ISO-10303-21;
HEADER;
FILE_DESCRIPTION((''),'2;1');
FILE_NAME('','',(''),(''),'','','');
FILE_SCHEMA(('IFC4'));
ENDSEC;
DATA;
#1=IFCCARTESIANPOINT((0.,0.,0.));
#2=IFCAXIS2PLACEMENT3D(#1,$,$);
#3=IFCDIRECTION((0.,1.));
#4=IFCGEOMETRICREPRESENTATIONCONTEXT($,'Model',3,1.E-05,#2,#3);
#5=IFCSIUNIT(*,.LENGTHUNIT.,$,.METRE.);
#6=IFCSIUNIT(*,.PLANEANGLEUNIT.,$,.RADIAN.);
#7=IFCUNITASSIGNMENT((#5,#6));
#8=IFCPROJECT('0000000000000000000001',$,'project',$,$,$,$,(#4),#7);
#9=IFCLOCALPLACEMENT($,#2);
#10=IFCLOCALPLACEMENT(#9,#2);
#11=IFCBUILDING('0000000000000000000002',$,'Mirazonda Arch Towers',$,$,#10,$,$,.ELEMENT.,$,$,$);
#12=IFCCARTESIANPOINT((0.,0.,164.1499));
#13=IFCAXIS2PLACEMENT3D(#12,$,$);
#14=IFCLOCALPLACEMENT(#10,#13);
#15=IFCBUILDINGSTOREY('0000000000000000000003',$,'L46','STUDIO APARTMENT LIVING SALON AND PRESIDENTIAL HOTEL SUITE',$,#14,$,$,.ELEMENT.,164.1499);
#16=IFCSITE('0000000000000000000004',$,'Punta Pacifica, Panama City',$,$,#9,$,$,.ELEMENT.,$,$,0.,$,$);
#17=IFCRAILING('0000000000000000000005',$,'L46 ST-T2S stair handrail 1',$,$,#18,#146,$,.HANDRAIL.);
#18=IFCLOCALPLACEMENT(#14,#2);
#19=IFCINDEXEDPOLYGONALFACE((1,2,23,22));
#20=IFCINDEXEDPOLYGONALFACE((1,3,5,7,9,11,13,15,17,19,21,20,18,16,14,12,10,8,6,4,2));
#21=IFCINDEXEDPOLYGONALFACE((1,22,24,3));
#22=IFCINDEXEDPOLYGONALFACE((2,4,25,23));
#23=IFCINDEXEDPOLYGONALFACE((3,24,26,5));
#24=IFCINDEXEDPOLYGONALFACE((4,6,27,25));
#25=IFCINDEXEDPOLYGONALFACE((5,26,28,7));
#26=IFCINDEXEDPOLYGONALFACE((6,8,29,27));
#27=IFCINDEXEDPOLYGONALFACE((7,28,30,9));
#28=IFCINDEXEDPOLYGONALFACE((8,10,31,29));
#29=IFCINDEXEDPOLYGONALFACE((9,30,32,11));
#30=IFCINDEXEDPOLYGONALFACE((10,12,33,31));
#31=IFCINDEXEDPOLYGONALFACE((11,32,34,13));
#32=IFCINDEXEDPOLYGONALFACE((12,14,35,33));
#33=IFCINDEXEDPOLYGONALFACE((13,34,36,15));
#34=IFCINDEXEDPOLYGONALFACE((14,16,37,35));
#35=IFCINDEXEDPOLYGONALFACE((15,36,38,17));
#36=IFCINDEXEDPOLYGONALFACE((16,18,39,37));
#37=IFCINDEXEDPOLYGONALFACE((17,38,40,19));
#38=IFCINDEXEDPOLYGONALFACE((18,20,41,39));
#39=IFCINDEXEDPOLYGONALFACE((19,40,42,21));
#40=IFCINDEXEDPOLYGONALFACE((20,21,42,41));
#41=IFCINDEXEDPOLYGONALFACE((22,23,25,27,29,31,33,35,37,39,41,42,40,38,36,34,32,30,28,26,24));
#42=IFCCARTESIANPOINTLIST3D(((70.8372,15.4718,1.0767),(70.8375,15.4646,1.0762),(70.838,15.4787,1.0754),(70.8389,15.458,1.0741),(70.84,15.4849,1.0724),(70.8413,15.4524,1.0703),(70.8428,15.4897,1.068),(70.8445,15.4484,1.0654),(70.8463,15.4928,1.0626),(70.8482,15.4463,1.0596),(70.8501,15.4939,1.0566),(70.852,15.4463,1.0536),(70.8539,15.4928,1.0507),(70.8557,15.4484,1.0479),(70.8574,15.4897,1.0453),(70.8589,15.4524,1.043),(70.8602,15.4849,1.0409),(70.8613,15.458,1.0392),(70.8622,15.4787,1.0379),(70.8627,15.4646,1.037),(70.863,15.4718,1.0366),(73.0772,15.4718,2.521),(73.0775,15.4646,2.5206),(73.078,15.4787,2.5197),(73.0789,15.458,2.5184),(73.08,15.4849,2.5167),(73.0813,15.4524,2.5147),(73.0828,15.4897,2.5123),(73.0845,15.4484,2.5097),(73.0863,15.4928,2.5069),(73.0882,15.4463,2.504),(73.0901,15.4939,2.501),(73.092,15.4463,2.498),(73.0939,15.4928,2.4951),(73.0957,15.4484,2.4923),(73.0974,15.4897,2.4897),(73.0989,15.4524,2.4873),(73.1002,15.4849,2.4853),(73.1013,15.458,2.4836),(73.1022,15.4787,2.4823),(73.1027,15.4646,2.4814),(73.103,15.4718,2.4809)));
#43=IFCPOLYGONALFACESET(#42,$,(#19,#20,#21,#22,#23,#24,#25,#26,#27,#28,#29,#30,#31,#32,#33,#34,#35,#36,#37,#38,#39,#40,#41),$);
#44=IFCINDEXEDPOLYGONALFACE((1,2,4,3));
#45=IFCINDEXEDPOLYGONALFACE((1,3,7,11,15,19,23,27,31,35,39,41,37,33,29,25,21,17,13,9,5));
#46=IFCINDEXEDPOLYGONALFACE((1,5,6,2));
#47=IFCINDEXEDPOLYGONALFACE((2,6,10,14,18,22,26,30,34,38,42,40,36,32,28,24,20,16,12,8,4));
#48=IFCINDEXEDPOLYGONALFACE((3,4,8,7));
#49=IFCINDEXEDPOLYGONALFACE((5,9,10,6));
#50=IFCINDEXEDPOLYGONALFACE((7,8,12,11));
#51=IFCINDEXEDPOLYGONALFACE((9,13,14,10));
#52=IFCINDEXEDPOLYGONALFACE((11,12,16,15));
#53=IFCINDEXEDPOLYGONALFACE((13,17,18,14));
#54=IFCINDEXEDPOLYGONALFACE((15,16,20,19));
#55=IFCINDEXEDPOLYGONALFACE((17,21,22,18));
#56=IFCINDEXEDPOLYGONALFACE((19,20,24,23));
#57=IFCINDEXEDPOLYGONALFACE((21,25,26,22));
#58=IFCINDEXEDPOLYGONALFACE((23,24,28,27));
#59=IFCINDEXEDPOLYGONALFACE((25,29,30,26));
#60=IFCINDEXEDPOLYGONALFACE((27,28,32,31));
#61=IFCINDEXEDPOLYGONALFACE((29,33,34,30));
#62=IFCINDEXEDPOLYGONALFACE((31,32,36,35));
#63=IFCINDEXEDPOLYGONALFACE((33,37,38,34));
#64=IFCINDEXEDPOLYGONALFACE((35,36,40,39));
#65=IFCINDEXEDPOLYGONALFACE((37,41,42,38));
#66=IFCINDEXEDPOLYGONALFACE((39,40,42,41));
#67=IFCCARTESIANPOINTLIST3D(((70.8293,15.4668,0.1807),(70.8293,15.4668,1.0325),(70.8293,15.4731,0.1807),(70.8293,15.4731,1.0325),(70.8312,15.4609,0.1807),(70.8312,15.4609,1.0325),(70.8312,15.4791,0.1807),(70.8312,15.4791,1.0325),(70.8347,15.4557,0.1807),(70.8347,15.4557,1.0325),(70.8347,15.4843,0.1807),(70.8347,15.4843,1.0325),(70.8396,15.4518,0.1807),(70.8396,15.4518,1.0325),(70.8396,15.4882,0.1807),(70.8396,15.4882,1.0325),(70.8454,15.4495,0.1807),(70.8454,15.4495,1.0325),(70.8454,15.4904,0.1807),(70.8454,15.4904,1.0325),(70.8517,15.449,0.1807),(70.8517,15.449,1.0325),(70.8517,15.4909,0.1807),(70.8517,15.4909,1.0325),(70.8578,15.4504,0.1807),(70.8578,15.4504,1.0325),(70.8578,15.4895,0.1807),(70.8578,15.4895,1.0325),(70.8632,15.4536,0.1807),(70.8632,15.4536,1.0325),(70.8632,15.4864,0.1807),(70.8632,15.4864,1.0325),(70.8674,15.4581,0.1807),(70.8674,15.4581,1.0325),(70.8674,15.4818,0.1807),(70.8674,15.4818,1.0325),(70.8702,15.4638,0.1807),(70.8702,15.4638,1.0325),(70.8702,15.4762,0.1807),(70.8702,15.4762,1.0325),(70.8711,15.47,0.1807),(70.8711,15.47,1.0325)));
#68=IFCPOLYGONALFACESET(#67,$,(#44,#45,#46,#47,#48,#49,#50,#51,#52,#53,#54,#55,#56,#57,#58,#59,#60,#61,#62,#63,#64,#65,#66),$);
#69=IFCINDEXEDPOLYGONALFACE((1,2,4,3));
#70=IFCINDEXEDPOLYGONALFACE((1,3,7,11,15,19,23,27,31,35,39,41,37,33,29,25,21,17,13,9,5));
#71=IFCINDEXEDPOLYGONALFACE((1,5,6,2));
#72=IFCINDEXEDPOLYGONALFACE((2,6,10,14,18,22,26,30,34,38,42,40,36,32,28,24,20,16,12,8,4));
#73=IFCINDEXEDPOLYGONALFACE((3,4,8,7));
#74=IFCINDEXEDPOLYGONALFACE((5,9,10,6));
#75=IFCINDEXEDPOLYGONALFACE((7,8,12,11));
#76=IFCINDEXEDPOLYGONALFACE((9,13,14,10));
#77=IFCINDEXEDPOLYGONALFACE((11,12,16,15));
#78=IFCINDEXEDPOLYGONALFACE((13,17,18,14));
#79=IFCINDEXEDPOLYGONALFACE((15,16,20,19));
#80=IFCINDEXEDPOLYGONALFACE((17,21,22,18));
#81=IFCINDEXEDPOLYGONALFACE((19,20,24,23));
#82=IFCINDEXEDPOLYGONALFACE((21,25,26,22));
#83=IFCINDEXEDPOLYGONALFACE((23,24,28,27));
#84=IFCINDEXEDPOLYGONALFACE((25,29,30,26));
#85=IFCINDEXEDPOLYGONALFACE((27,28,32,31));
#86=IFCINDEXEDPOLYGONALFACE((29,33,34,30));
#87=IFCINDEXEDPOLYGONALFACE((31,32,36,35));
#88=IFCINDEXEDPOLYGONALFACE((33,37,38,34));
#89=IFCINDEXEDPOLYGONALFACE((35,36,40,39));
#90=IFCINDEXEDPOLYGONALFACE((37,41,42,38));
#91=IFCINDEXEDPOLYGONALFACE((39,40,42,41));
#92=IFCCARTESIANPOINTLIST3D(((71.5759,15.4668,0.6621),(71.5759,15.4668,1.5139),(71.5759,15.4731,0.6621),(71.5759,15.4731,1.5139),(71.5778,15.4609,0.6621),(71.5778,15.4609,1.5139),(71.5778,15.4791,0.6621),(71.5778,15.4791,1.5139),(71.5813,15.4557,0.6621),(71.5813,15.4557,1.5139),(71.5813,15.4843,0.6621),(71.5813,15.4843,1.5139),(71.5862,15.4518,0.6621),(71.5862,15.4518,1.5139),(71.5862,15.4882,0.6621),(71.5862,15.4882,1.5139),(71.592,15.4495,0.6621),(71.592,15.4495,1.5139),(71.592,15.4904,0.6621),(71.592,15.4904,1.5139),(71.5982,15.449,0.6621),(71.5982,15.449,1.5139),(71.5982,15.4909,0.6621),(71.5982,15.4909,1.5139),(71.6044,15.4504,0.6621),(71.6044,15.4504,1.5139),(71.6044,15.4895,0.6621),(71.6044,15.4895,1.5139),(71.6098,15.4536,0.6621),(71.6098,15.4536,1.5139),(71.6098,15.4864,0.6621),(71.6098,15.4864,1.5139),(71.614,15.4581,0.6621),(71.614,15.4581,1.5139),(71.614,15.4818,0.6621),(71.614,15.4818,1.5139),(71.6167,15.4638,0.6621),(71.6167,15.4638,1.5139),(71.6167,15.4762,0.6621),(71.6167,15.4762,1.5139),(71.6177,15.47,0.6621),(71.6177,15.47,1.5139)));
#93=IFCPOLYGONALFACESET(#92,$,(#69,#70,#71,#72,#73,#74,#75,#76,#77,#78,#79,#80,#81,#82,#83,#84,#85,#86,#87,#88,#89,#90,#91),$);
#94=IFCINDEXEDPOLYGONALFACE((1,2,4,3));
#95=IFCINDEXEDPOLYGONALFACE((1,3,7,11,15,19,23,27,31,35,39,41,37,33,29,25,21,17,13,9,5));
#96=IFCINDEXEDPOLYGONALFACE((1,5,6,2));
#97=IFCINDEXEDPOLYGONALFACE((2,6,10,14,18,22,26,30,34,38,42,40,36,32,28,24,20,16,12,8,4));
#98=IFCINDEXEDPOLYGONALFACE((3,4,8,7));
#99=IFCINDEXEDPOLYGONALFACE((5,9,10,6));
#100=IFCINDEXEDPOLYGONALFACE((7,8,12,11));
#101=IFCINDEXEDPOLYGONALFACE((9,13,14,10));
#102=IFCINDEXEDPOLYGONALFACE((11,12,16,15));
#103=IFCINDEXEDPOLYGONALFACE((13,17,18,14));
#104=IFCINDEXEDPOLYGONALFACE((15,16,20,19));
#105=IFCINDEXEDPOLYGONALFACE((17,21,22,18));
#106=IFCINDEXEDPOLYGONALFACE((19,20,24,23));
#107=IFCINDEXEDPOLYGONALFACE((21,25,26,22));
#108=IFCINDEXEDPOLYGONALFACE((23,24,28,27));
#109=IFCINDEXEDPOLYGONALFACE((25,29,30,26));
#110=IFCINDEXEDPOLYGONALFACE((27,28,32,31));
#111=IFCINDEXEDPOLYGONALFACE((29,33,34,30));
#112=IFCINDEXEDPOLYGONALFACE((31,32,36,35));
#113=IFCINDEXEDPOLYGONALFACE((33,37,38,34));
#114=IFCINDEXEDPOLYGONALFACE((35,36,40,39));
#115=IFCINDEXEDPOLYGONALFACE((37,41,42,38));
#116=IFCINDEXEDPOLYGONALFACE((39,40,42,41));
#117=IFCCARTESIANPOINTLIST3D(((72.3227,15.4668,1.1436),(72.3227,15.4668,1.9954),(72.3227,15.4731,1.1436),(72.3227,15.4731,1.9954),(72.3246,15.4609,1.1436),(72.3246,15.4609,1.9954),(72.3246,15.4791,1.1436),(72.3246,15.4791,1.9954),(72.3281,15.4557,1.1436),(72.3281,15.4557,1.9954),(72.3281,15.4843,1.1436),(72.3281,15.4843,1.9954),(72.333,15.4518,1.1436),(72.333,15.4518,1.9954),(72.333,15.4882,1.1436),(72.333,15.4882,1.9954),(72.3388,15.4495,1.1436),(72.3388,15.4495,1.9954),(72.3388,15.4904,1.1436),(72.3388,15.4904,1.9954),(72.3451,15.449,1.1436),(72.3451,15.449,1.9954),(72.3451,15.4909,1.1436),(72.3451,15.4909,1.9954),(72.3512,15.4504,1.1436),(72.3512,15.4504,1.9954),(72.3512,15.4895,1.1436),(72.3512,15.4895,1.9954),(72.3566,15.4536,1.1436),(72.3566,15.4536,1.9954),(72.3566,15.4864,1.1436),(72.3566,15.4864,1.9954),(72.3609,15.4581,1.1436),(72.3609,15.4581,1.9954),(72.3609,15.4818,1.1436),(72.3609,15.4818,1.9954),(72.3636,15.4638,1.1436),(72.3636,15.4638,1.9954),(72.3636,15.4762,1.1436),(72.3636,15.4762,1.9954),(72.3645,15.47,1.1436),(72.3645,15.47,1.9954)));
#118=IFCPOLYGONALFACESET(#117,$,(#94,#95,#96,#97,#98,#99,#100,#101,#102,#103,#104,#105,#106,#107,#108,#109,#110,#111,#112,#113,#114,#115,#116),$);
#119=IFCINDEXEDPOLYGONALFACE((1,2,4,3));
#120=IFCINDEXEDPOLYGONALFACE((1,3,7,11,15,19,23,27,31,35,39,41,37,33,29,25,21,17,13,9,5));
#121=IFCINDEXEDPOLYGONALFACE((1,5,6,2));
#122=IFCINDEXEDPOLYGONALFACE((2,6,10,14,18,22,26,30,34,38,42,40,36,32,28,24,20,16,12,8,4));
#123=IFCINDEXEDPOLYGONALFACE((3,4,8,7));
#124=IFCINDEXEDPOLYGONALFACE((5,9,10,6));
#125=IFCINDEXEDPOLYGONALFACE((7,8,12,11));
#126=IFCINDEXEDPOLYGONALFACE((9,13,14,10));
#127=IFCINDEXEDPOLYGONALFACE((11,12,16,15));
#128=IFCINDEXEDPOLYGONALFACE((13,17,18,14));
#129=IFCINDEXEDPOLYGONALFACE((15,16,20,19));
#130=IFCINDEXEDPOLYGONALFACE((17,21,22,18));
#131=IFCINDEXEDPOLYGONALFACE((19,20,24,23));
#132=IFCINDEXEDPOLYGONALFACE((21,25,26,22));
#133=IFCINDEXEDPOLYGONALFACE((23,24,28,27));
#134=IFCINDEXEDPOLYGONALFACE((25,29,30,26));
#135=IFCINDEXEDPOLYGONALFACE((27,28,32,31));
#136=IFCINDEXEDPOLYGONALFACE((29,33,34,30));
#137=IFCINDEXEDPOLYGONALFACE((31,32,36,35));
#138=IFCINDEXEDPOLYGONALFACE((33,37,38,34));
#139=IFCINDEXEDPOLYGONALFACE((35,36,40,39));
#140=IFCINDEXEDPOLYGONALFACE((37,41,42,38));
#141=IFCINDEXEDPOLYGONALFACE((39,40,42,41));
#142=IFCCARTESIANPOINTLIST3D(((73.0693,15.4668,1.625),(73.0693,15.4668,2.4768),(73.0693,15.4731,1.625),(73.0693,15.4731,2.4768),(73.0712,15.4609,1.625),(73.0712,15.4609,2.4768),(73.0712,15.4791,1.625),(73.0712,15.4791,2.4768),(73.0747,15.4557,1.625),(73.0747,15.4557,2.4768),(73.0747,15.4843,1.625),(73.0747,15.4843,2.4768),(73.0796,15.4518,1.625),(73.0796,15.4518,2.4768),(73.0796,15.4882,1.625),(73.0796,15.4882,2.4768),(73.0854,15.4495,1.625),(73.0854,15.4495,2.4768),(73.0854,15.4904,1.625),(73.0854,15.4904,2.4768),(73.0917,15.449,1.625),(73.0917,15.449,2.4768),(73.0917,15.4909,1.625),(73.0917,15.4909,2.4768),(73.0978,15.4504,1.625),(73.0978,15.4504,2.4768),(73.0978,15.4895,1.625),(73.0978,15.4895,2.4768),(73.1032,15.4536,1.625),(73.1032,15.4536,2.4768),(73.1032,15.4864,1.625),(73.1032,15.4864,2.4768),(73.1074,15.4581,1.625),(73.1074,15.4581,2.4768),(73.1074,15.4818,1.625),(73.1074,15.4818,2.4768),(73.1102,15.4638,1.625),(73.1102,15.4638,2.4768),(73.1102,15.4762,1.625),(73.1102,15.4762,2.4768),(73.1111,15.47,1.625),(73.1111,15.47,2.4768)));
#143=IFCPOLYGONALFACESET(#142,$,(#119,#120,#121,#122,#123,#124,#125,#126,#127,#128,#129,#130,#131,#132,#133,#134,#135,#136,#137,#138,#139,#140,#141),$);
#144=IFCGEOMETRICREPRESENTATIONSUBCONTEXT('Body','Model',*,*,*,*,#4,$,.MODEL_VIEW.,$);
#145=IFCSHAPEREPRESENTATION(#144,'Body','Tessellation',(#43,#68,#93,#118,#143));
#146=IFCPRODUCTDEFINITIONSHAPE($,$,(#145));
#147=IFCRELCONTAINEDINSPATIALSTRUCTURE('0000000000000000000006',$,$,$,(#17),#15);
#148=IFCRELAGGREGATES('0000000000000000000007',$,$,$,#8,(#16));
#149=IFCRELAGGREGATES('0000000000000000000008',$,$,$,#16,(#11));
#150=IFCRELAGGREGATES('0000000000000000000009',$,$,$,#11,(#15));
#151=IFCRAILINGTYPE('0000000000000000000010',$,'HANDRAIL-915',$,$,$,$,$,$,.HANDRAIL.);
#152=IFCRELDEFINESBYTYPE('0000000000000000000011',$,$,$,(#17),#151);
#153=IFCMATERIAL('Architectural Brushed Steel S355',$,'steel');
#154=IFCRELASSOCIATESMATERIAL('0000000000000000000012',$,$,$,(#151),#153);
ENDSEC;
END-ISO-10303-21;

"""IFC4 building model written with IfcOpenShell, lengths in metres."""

from ifc_helpers import new_model, si_unit, direction, frame, origin, origin_2d, place, context, subcontext, project, spatial, circle, extrude, material, type_object, element, save


model = new_model("IFC4")

# Units and contexts
model_context = context("Model", 3, precision=1e-05, world=origin(), true_north=direction((0.0, 1.0)))
body_context = subcontext(model_context, "Body", "Model", "MODEL_VIEW")
ifc_project = project(units=[si_unit("LENGTHUNIT", "METRE"), si_unit("PLANEANGLEUNIT", "RADIAN")], contexts=[model_context])

# Site, building, storey
site_placement = place(None, origin())
site = spatial("IfcSite", under=ifc_project, at=site_placement, Name="Punta Pacifica, Panama City", CompositionType="ELEMENT", RefElevation=0.0)
building_placement = place(site_placement, origin())
building = spatial("IfcBuilding", under=site, at=building_placement, Name="Mirazonda Arch Towers", CompositionType="ELEMENT")
storey_placement = place(building_placement, frame((0.0, 0.0, 164.1499)))
storey = spatial("IfcBuildingStorey", under=building, at=storey_placement, Name="L46", Description="STUDIO APARTMENT LIVING SALON AND PRESIDENTIAL HOTEL SUITE", CompositionType="ELEMENT", Elevation=164.1499)

# Shared definitions
ifc_material_1 = material(Name="Architectural Brushed Steel S355", Category="steel")

# Railing
railing_type_1 = type_object("IfcRailingType", Name="HANDRAIL-915", PredefinedType="HANDRAIL", material=ifc_material_1)
railing_1_placement = place(storey_placement, frame((70.8501, 15.47, 0.1807)))
element("IfcRailing", 1, at=railing_1_placement, inside=storey, type_object=railing_type_1, Name="L46 ST-T2S stair handrail 1", PredefinedType="HANDRAIL", context=body_context, shape_type="SweptSolid", body=[
    extrude(circle(Radius=0.0239, at=origin_2d()), frame((0.0, 0.0, 0.876), z_axis=(0.840437, 0.0, 0.54191), x_axis=(0.0, 1.0, 0.0)), (0.0, 0.0, 1.0), 2.6653),
    extrude(circle(Radius=0.021, at=origin_2d()), origin(), (0.0, 0.0, 1.0), 0.8518),
    extrude(circle(Radius=0.021, at=origin_2d()), frame((0.7466, 0.0, 0.4814)), (0.0, 0.0, 1.0), 0.8518),
    extrude(circle(Radius=0.021, at=origin_2d()), frame((1.4934, 0.0, 0.9629)), (0.0, 0.0, 1.0), 0.8518),
    extrude(circle(Radius=0.021, at=origin_2d()), frame((2.24, 0.0, 1.4443)), (0.0, 0.0, 1.0), 0.8518),
])

save(model, "model.ifc")
